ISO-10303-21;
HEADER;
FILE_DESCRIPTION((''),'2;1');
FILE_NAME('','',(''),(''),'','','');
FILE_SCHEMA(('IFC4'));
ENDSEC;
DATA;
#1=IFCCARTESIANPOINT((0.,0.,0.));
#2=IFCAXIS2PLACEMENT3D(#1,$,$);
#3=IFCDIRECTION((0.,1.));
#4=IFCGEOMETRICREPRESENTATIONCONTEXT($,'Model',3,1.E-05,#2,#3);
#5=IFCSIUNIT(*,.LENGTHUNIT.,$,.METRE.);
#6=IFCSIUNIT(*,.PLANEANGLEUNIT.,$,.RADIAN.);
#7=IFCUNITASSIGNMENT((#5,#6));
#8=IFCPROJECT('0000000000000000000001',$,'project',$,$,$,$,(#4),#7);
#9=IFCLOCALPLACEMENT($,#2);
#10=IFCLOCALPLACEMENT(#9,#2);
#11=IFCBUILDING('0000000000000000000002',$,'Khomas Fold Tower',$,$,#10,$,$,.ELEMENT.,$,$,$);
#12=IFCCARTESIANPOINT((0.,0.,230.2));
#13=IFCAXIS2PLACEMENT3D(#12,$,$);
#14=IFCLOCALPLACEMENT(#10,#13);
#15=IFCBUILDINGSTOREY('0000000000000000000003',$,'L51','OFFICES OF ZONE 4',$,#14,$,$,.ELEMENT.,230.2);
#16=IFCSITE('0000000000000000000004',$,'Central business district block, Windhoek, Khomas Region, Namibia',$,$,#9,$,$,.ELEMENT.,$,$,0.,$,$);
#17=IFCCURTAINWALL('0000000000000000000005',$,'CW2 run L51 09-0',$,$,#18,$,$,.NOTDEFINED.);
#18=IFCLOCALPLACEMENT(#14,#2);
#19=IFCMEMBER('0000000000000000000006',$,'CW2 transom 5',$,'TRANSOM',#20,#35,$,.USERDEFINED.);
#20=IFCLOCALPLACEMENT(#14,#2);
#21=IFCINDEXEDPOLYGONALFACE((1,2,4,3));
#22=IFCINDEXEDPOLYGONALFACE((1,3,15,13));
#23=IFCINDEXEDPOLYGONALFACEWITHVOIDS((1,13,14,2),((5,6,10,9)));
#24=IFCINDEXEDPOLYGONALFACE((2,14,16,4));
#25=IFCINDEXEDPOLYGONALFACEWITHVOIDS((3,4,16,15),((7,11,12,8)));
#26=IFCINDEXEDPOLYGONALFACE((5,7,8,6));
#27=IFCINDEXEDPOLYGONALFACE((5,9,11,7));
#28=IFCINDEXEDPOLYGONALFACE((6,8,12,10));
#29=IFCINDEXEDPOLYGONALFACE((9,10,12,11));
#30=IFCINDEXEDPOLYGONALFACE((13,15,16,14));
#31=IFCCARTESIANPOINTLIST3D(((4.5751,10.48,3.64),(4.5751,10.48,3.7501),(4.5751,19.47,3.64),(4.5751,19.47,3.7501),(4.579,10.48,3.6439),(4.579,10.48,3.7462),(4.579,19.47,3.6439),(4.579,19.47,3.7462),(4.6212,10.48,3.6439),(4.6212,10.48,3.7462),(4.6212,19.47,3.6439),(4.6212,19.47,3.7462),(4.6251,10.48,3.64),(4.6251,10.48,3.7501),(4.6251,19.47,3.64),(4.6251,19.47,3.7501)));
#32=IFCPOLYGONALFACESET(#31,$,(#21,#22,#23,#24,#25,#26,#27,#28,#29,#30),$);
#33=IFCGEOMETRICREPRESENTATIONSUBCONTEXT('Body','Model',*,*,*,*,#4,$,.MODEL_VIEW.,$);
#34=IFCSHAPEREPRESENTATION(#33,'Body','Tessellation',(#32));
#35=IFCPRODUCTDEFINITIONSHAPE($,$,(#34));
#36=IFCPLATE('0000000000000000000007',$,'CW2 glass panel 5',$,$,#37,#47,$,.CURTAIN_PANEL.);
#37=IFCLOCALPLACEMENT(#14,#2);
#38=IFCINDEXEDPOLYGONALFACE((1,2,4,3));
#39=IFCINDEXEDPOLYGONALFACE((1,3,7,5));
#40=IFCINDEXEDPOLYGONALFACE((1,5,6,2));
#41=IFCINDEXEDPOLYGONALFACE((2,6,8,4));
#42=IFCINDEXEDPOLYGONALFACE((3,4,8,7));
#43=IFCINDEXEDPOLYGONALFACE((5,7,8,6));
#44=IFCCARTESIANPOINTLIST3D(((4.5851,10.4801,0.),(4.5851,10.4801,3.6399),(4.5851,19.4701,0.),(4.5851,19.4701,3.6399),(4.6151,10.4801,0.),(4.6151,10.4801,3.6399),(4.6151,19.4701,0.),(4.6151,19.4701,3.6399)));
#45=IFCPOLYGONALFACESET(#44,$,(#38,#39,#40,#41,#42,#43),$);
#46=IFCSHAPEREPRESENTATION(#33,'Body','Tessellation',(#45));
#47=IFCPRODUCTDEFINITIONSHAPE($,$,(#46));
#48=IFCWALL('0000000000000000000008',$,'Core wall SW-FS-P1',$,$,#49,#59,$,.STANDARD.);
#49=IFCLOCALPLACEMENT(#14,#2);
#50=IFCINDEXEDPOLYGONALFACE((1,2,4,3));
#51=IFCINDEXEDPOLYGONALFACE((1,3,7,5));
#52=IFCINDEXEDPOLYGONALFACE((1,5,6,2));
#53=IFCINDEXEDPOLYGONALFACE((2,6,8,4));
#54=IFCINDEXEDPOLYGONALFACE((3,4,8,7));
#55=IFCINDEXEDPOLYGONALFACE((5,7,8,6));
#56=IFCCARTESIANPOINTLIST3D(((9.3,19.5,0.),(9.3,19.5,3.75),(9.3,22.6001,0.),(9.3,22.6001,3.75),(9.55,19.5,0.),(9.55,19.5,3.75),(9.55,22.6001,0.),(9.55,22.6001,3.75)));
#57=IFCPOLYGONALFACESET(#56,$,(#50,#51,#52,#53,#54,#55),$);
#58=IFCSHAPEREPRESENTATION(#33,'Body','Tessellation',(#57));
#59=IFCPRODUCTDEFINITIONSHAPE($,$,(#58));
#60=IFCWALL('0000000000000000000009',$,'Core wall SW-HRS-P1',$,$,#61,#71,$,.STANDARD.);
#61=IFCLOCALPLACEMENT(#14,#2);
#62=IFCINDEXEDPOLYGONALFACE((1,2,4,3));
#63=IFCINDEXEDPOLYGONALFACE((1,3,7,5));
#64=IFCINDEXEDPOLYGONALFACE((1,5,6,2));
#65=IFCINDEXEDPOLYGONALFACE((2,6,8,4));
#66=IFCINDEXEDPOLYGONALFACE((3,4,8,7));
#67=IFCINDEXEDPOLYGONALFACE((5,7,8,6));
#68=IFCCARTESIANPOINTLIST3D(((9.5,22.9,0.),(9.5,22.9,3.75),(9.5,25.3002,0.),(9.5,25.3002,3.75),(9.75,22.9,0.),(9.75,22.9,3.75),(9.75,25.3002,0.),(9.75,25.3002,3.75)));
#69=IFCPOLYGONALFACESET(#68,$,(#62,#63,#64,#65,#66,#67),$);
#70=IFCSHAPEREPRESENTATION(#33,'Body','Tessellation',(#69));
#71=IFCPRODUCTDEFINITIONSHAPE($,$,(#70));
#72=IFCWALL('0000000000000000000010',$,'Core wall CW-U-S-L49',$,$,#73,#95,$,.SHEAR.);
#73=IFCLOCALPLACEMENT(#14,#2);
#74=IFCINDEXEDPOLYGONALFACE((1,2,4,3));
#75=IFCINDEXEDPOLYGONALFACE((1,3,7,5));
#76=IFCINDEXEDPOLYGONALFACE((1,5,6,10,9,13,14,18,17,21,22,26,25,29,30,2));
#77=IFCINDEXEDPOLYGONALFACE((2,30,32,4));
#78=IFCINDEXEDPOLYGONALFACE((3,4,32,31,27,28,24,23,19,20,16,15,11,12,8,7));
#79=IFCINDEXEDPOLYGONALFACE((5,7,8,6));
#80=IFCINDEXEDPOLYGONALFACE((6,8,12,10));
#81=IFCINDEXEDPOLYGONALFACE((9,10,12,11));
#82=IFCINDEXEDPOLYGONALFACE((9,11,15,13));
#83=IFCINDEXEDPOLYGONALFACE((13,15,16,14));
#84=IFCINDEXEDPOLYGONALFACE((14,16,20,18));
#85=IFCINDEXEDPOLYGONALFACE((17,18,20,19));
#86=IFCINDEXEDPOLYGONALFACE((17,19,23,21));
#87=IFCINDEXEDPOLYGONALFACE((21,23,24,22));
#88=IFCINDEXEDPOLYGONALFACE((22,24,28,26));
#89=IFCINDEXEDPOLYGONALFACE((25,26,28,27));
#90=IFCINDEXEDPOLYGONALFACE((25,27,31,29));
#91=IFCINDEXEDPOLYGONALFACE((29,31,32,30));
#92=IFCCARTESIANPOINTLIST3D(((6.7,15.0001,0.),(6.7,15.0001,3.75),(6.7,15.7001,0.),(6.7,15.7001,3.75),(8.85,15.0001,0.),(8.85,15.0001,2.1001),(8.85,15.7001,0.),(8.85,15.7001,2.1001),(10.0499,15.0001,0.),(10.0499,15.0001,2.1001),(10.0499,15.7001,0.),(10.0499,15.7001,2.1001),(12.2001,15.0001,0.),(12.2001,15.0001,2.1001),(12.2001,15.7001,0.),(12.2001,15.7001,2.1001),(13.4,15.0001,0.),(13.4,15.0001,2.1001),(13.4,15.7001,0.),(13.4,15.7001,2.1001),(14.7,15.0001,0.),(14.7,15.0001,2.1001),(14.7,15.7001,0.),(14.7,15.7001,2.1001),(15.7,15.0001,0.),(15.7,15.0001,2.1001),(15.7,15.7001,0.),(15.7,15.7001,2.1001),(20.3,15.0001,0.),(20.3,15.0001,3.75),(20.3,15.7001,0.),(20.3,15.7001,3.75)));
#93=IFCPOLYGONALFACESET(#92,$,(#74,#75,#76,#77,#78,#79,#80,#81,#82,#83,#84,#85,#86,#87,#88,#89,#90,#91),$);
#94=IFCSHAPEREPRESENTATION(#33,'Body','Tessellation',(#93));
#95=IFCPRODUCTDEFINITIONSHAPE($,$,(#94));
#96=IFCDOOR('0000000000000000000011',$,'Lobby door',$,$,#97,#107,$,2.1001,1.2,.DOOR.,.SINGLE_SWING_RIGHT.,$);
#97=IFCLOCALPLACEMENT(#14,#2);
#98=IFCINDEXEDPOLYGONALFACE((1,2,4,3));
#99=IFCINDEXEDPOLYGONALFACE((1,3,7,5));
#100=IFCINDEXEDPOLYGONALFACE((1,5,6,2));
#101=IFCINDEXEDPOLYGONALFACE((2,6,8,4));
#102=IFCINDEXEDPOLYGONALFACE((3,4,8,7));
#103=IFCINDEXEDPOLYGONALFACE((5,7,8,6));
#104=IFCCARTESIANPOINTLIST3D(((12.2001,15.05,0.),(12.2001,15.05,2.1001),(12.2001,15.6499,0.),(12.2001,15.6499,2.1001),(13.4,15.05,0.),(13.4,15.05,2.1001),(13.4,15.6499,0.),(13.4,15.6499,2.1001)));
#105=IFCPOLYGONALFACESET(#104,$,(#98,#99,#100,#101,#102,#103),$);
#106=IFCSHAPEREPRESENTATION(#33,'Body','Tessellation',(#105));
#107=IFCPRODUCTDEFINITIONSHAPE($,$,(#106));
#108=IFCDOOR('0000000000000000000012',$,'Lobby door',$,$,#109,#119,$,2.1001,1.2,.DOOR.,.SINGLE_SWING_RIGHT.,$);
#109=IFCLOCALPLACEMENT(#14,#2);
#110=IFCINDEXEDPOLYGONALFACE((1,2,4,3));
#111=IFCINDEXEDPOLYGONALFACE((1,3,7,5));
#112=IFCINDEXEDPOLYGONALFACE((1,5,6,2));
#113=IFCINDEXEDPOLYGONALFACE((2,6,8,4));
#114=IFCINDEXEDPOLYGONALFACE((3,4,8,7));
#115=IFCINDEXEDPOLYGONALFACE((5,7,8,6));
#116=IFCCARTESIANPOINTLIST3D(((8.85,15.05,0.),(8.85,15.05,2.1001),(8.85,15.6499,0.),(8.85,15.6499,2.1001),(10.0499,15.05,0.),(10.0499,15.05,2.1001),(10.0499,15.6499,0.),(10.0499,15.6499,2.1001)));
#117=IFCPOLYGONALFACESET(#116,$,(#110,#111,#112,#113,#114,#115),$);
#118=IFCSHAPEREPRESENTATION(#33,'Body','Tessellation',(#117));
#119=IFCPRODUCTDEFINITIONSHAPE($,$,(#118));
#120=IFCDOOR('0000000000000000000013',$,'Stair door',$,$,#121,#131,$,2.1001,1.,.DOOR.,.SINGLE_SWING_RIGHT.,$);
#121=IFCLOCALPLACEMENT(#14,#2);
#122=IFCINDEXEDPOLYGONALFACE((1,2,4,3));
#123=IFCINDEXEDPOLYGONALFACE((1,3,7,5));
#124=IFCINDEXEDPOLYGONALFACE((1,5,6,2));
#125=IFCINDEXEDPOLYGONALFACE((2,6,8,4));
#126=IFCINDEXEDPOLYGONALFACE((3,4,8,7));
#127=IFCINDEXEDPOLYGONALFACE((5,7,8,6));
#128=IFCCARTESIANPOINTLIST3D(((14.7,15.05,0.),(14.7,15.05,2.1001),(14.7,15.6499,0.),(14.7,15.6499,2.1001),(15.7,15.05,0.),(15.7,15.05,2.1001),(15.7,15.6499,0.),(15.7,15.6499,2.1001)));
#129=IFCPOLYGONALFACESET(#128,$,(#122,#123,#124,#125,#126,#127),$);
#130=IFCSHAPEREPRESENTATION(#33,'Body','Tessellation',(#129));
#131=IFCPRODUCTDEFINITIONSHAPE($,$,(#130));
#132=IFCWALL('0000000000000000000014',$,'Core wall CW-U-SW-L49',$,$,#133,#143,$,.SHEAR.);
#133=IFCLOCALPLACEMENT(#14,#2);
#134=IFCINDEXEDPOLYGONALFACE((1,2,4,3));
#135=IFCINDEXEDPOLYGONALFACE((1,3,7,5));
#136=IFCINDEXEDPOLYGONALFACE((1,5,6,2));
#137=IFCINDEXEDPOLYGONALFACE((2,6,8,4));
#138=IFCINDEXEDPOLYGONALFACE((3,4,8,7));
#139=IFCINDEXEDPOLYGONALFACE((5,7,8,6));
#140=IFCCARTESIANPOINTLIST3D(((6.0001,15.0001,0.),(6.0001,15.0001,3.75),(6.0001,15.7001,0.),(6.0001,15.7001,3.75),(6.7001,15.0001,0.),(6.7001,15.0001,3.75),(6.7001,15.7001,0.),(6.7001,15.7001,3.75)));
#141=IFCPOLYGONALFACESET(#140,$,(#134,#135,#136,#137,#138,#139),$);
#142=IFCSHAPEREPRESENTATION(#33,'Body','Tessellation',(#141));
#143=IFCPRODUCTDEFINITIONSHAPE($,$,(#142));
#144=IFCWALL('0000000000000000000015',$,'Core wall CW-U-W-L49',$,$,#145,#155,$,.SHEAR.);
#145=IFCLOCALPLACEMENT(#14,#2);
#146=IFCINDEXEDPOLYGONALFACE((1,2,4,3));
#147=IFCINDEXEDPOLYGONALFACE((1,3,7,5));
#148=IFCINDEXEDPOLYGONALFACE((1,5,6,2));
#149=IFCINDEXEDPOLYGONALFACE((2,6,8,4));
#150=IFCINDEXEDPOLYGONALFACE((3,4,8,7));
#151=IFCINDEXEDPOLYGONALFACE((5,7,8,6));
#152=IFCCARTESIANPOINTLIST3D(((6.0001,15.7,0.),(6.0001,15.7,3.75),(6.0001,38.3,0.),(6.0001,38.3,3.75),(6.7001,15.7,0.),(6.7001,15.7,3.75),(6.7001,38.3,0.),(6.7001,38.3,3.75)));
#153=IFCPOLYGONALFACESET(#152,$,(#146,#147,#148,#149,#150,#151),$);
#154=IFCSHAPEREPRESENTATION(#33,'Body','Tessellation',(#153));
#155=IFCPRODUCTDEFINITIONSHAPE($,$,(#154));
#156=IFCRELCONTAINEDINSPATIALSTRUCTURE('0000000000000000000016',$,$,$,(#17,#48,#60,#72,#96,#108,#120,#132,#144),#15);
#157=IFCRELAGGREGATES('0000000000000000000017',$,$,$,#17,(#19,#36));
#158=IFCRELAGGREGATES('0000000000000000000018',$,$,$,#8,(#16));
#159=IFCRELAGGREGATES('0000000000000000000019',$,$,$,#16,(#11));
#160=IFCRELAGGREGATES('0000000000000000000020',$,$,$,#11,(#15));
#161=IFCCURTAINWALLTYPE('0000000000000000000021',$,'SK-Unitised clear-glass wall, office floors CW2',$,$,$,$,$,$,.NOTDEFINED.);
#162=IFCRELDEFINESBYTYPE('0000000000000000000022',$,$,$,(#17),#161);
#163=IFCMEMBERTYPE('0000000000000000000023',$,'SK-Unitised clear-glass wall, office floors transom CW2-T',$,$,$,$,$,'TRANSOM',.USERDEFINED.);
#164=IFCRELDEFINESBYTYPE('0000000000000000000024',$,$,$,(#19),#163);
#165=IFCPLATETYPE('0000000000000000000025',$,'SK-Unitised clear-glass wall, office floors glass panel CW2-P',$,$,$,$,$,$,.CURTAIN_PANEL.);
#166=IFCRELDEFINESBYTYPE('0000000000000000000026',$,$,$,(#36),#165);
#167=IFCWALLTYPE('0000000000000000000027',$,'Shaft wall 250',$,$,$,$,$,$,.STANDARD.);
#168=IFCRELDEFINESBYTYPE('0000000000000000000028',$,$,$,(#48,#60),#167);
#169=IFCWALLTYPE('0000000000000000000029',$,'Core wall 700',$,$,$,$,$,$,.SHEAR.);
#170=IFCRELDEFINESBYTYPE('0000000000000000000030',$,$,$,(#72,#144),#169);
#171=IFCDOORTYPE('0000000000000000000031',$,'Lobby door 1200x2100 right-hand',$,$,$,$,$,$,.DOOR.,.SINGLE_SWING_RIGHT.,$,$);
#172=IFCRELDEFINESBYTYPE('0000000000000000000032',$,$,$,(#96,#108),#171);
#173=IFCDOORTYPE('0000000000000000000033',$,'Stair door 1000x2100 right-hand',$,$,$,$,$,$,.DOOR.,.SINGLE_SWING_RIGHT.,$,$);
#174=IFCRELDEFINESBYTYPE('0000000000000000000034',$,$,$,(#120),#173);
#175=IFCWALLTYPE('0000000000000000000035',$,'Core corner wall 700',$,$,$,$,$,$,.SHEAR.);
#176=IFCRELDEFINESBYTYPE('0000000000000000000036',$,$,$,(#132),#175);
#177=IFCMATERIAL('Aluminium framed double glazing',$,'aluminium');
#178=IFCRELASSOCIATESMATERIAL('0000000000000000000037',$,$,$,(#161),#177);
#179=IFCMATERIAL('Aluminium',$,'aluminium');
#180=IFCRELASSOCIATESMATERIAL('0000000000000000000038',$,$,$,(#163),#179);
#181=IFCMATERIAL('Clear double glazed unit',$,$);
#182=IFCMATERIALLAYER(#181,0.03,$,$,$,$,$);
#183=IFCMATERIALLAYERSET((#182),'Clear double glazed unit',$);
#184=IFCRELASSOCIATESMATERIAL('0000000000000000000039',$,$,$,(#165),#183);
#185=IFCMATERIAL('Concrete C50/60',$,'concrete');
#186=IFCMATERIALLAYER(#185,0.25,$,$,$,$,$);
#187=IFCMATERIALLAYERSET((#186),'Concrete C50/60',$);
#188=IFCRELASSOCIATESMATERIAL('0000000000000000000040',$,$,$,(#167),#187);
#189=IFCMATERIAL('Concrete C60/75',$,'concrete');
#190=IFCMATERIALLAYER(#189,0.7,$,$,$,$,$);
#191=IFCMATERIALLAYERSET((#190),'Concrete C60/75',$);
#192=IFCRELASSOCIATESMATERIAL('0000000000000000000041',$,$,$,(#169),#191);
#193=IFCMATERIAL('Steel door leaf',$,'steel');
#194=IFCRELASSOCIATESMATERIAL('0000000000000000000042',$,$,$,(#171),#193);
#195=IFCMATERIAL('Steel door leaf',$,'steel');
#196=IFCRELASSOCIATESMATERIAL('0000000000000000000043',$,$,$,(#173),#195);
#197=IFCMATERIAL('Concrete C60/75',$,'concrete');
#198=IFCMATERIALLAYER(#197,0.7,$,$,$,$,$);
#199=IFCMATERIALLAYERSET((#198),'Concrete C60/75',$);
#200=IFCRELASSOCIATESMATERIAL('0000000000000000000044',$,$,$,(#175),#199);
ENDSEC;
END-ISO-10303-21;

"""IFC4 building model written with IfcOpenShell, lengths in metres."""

from ifc_helpers import new_model, si_unit, direction, frame, frame_2d, origin, origin_2d, place, context, subcontext, project, spatial, rectangle, hollow_rectangle, extrude, source, transform, mapped, material, layer, layer_set, material_profile, profile_set, type_object, element, fill, aggregate, save


model = new_model("IFC4")

# Units and contexts
model_context = context("Model", 3, precision=1e-05, world=origin(), true_north=direction((0.0, 1.0)))
body_context = subcontext(model_context, "Body", "Model", "MODEL_VIEW")
ifc_project = project(units=[si_unit("LENGTHUNIT", "METRE"), si_unit("PLANEANGLEUNIT", "RADIAN")], contexts=[model_context])

# Site, building, storey
site_placement = place(None, origin())
site = spatial("IfcSite", under=ifc_project, at=site_placement, Name="Central business district block, Windhoek, Khomas Region, Namibia", CompositionType="ELEMENT", RefElevation=0.0)
building_placement = place(site_placement, origin())
building = spatial("IfcBuilding", under=site, at=building_placement, Name="Khomas Fold Tower", CompositionType="ELEMENT")
storey_placement = place(building_placement, frame((0.0, 0.0, 230.2)))
storey = spatial("IfcBuildingStorey", under=building, at=storey_placement, Name="L51", Description="OFFICES OF ZONE 4", CompositionType="ELEMENT", Elevation=230.2)

# Curtain wall, member, plate
ifc_material_1 = material(Name="Aluminium framed double glazing", Category="aluminium")
curtain_wall_type = type_object("IfcCurtainWallType", Name="SK-Unitised clear-glass wall, office floors CW2", PredefinedType="NOTDEFINED", material=ifc_material_1)
curtain_wall_placement = place(storey_placement, origin())
curtain_wall = element("IfcCurtainWall", 1, at=curtain_wall_placement, inside=storey, type_object=curtain_wall_type, Name="CW2 run L51 09-0", PredefinedType="NOTDEFINED")
ifc_material_2 = material(Name="Aluminium", Category="aluminium")
ifc_material_profile_1 = material_profile(ifc_material_2, hollow_rectangle(XDim=0.05, YDim=0.1101, WallThickness=0.0039, at=origin_2d()), Name="SK-Unitised clear-glass wall, office floors transom CW2-T")
ifc_profile_set_1 = profile_set([ifc_material_profile_1], Name="Aluminium")
member_type_1 = type_object("IfcMemberType", Name="SK-Unitised clear-glass wall, office floors transom CW2-T", ElementType="TRANSOM", PredefinedType="USERDEFINED", material=ifc_profile_set_1)
shared_shape_1 = source(origin(), body_context, "Body", "SweptSolid", [
    extrude(hollow_rectangle(XDim=0.05, YDim=0.1101, WallThickness=0.0039, at=origin_2d()), origin(), (0.0, 0.0, 1.0), 8.99),
])
member_1_placement = place(storey_placement, frame((4.6001, 19.47, 3.6951), z_axis=(0.0, -1.0, 0.0), x_axis=(1.0, 0.0, 0.0)))
member_1 = element("IfcMember", 2, at=member_1_placement, type_object=member_type_1, Name="CW2 transom 5", ObjectType="TRANSOM", PredefinedType="USERDEFINED", context=body_context, shape_type="MappedRepresentation", body=[
    mapped(shared_shape_1, transform((0.0, 0.0, 0.0))),
])
ifc_material_3 = material(Name="Clear double glazed unit")
ifc_layer_1 = layer(ifc_material_3, 0.03)
ifc_layer_set_1 = layer_set([ifc_layer_1], Name="Clear double glazed unit")
plate_type = type_object("IfcPlateType", Name="SK-Unitised clear-glass wall, office floors glass panel CW2-P", PredefinedType="CURTAIN_PANEL", material=ifc_layer_set_1)
shared_shape_2 = source(origin(), body_context, "Body", "SweptSolid", [
    extrude(rectangle(XDim=8.99, YDim=0.03, at=origin_2d()), origin(), (0.0, 0.0, 1.0), 3.6399),
])
plate_placement = place(storey_placement, frame((4.6001, 14.9751, 0.0), z_axis=(0.0, 0.0, 1.0), x_axis=(0.0, -1.0, 0.0)))
plate = element("IfcPlate", 3, at=plate_placement, type_object=plate_type, Name="CW2 glass panel 5", PredefinedType="CURTAIN_PANEL", context=body_context, shape_type="MappedRepresentation", body=[
    mapped(shared_shape_2, transform((0.0, 0.0, 0.0))),
])
aggregate(curtain_wall, [member_1, plate])

# Walls
ifc_material_4 = material(Name="Concrete C50/60", Category="concrete")
ifc_layer_2 = layer(ifc_material_4, 0.25)
ifc_layer_set_2 = layer_set([ifc_layer_2], Name="Concrete C50/60")
wall_type_1 = type_object("IfcWallType", Name="Shaft wall 250", PredefinedType="STANDARD", material=ifc_layer_set_2)
shared_shape_3 = source(origin(), body_context, "Body", "SweptSolid", [
    extrude(rectangle(XDim=3.1001, YDim=0.25, at=frame_2d((1.55, 0.0))), origin(), (0.0, 0.0, 1.0), 3.75),
])
wall_1_placement = place(storey_placement, frame((9.425, 19.5, 0.0), z_axis=(0.0, 0.0, 1.0), x_axis=(0.0, 1.0, 0.0)))
element("IfcWall", 4, at=wall_1_placement, inside=storey, type_object=wall_type_1, Name="Core wall SW-FS-P1", PredefinedType="STANDARD", context=body_context, shape_type="MappedRepresentation", body=[
    mapped(shared_shape_3, transform((0.0, 0.0, 0.0))),
])
shared_shape_4 = source(origin(), body_context, "Body", "SweptSolid", [
    extrude(rectangle(XDim=2.4001, YDim=0.25, at=frame_2d((1.2002, 0.0))), origin(), (0.0, 0.0, 1.0), 3.75),
])
wall_2_placement = place(storey_placement, frame((9.625, 22.8999, 0.0), z_axis=(0.0, 0.0, 1.0), x_axis=(0.0, 1.0, 0.0)))
element("IfcWall", 5, at=wall_2_placement, inside=storey, type_object=wall_type_1, Name="Core wall SW-HRS-P1", PredefinedType="STANDARD", context=body_context, shape_type="MappedRepresentation", body=[
    mapped(shared_shape_4, transform((0.0, 0.0, 0.0))),
])

# Wall, openings, doors
ifc_material_5 = material(Name="Concrete C60/75", Category="concrete")
ifc_layer_3 = layer(ifc_material_5, 0.7)
ifc_layer_set_3 = layer_set([ifc_layer_3], Name="Concrete C60/75")
wall_type_2 = type_object("IfcWallType", Name="Core wall 700", PredefinedType="SHEAR", material=ifc_layer_set_3)
shared_shape_5 = source(origin(), body_context, "Body", "SweptSolid", [
    extrude(rectangle(XDim=13.6001, YDim=0.7, at=frame_2d((6.8, 0.0))), origin(), (0.0, 0.0, 1.0), 3.75),
])
wall_3_placement = place(storey_placement, frame((6.7, 15.3501, 0.0), z_axis=(0.0, 0.0, 1.0), x_axis=(1.0, 0.0, 0.0)))
wall_3 = element("IfcWall", 6, at=wall_3_placement, inside=storey, type_object=wall_type_2, Name="Core wall CW-U-S-L49", PredefinedType="SHEAR", context=body_context, shape_type="MappedRepresentation", body=[
    mapped(shared_shape_5, transform((0.0, 0.0, 0.0))),
])
shared_shape_6 = source(origin(), body_context, "Body", "SweptSolid", [
    extrude(rectangle(XDim=1.2, YDim=2.1001, at=frame_2d((0.6001, 1.05))), frame((0.0, 0.3599, 0.0), z_axis=(0.0, -1.0, 0.0), x_axis=(1.0, 0.0, 0.0)), (0.0, 0.0, 1.0), 0.72),
])
opening_1_placement = place(wall_3_placement, frame((5.5, 0.0, 0.0)))
opening_1 = element("IfcOpeningElement", 7, at=opening_1_placement, cuts=wall_3, PredefinedType="OPENING", context=body_context, shape_type="MappedRepresentation", body=[
    mapped(shared_shape_6, transform((0.0, 0.0, 0.0))),
])
opening_2_placement = place(wall_3_placement, frame((2.1499, 0.0, 0.0)))
opening_2 = element("IfcOpeningElement", 8, at=opening_2_placement, cuts=wall_3, PredefinedType="OPENING", context=body_context, shape_type="MappedRepresentation", body=[
    mapped(shared_shape_6, transform((0.0, 0.0, 0.0))),
])
shared_shape_7 = source(origin(), body_context, "Body", "SweptSolid", [
    extrude(rectangle(XDim=1.0, YDim=2.1001, at=frame_2d((0.5, 1.05))), frame((0.0, 0.3599, 0.0), z_axis=(0.0, -1.0, 0.0), x_axis=(1.0, 0.0, 0.0)), (0.0, 0.0, 1.0), 0.72),
])
opening_3_placement = place(wall_3_placement, frame((8.0, 0.0, 0.0)))
opening_3 = element("IfcOpeningElement", 9, at=opening_3_placement, cuts=wall_3, PredefinedType="OPENING", context=body_context, shape_type="MappedRepresentation", body=[
    mapped(shared_shape_7, transform((0.0, 0.0, 0.0))),
])
ifc_material_6 = material(Name="Steel door leaf", Category="steel")
door_type_1 = type_object("IfcDoorType", Name="Lobby door 1200x2100 right-hand", OperationType="SINGLE_SWING_RIGHT", PredefinedType="DOOR", material=ifc_material_6)
shared_shape_8 = source(origin(), body_context, "Body", "SweptSolid", [
    extrude(rectangle(XDim=1.2, YDim=2.1001, at=frame_2d((0.6001, 1.05))), frame((0.0, 0.2998, 0.0), z_axis=(0.0, -1.0, 0.0), x_axis=(1.0, 0.0, 0.0)), (0.0, 0.0, 1.0), 0.5999),
])
door_1_placement = place(opening_1_placement, origin())
door_1 = element("IfcDoor", 10, at=door_1_placement, inside=storey, type_object=door_type_1, Name="Lobby door", OperationType="SINGLE_SWING_RIGHT", OverallHeight=2.1001, OverallWidth=1.2, PredefinedType="DOOR", context=body_context, shape_type="MappedRepresentation", body=[
    mapped(shared_shape_8, transform((0.0, 0.0, 0.0))),
])
fill(opening_1, door_1)
door_2_placement = place(opening_2_placement, origin())
door_2 = element("IfcDoor", 11, at=door_2_placement, inside=storey, type_object=door_type_1, Name="Lobby door", OperationType="SINGLE_SWING_RIGHT", OverallHeight=2.1001, OverallWidth=1.2, PredefinedType="DOOR", context=body_context, shape_type="MappedRepresentation", body=[
    mapped(shared_shape_8, transform((0.0, 0.0, 0.0))),
])
fill(opening_2, door_2)
ifc_material_7 = material(Name="Steel door leaf", Category="steel")
door_type_2 = type_object("IfcDoorType", Name="Stair door 1000x2100 right-hand", OperationType="SINGLE_SWING_RIGHT", PredefinedType="DOOR", material=ifc_material_7)
shared_shape_9 = source(origin(), body_context, "Body", "SweptSolid", [
    extrude(rectangle(XDim=1.0, YDim=2.1001, at=frame_2d((0.5, 1.05))), frame((0.0, 0.2998, 0.0), z_axis=(0.0, -1.0, 0.0), x_axis=(1.0, 0.0, 0.0)), (0.0, 0.0, 1.0), 0.5999),
])
door_3_placement = place(opening_3_placement, origin())
door_3 = element("IfcDoor", 12, at=door_3_placement, inside=storey, type_object=door_type_2, Name="Stair door", OperationType="SINGLE_SWING_RIGHT", OverallHeight=2.1001, OverallWidth=1.0, PredefinedType="DOOR", context=body_context, shape_type="MappedRepresentation", body=[
    mapped(shared_shape_9, transform((0.0, 0.0, 0.0))),
])
fill(opening_3, door_3)

# Walls
ifc_material_8 = material(Name="Concrete C60/75", Category="concrete")
ifc_layer_4 = layer(ifc_material_8, 0.7)
ifc_layer_set_4 = layer_set([ifc_layer_4], Name="Concrete C60/75")
wall_type_3 = type_object("IfcWallType", Name="Core corner wall 700", PredefinedType="SHEAR", material=ifc_layer_set_4)
shared_shape_10 = source(origin(), body_context, "Body", "SweptSolid", [
    extrude(rectangle(XDim=0.7, YDim=0.7, at=frame_2d((0.3501, 0.0))), origin(), (0.0, 0.0, 1.0), 3.75),
])
wall_4_placement = place(storey_placement, frame((6.0, 15.3501, 0.0), z_axis=(0.0, 0.0, 1.0), x_axis=(1.0, 0.0, 0.0)))
element("IfcWall", 13, at=wall_4_placement, inside=storey, type_object=wall_type_3, Name="Core wall CW-U-SW-L49", PredefinedType="SHEAR", context=body_context, shape_type="MappedRepresentation", body=[
    mapped(shared_shape_10, transform((0.0, 0.0, 0.0))),
])
shared_shape_11 = source(origin(), body_context, "Body", "SweptSolid", [
    extrude(rectangle(XDim=22.6001, YDim=0.7, at=frame_2d((11.3, 0.0))), origin(), (0.0, 0.0, 1.0), 3.75),
])
wall_5_placement = place(storey_placement, frame((6.3501, 15.7, 0.0), z_axis=(0.0, 0.0, 1.0), x_axis=(0.0, 1.0, 0.0)))
element("IfcWall", 14, at=wall_5_placement, inside=storey, type_object=wall_type_2, Name="Core wall CW-U-W-L49", PredefinedType="SHEAR", context=body_context, shape_type="MappedRepresentation", body=[
    mapped(shared_shape_11, transform((0.0, 0.0, 0.0))),
])

save(model, "model.ifc")
